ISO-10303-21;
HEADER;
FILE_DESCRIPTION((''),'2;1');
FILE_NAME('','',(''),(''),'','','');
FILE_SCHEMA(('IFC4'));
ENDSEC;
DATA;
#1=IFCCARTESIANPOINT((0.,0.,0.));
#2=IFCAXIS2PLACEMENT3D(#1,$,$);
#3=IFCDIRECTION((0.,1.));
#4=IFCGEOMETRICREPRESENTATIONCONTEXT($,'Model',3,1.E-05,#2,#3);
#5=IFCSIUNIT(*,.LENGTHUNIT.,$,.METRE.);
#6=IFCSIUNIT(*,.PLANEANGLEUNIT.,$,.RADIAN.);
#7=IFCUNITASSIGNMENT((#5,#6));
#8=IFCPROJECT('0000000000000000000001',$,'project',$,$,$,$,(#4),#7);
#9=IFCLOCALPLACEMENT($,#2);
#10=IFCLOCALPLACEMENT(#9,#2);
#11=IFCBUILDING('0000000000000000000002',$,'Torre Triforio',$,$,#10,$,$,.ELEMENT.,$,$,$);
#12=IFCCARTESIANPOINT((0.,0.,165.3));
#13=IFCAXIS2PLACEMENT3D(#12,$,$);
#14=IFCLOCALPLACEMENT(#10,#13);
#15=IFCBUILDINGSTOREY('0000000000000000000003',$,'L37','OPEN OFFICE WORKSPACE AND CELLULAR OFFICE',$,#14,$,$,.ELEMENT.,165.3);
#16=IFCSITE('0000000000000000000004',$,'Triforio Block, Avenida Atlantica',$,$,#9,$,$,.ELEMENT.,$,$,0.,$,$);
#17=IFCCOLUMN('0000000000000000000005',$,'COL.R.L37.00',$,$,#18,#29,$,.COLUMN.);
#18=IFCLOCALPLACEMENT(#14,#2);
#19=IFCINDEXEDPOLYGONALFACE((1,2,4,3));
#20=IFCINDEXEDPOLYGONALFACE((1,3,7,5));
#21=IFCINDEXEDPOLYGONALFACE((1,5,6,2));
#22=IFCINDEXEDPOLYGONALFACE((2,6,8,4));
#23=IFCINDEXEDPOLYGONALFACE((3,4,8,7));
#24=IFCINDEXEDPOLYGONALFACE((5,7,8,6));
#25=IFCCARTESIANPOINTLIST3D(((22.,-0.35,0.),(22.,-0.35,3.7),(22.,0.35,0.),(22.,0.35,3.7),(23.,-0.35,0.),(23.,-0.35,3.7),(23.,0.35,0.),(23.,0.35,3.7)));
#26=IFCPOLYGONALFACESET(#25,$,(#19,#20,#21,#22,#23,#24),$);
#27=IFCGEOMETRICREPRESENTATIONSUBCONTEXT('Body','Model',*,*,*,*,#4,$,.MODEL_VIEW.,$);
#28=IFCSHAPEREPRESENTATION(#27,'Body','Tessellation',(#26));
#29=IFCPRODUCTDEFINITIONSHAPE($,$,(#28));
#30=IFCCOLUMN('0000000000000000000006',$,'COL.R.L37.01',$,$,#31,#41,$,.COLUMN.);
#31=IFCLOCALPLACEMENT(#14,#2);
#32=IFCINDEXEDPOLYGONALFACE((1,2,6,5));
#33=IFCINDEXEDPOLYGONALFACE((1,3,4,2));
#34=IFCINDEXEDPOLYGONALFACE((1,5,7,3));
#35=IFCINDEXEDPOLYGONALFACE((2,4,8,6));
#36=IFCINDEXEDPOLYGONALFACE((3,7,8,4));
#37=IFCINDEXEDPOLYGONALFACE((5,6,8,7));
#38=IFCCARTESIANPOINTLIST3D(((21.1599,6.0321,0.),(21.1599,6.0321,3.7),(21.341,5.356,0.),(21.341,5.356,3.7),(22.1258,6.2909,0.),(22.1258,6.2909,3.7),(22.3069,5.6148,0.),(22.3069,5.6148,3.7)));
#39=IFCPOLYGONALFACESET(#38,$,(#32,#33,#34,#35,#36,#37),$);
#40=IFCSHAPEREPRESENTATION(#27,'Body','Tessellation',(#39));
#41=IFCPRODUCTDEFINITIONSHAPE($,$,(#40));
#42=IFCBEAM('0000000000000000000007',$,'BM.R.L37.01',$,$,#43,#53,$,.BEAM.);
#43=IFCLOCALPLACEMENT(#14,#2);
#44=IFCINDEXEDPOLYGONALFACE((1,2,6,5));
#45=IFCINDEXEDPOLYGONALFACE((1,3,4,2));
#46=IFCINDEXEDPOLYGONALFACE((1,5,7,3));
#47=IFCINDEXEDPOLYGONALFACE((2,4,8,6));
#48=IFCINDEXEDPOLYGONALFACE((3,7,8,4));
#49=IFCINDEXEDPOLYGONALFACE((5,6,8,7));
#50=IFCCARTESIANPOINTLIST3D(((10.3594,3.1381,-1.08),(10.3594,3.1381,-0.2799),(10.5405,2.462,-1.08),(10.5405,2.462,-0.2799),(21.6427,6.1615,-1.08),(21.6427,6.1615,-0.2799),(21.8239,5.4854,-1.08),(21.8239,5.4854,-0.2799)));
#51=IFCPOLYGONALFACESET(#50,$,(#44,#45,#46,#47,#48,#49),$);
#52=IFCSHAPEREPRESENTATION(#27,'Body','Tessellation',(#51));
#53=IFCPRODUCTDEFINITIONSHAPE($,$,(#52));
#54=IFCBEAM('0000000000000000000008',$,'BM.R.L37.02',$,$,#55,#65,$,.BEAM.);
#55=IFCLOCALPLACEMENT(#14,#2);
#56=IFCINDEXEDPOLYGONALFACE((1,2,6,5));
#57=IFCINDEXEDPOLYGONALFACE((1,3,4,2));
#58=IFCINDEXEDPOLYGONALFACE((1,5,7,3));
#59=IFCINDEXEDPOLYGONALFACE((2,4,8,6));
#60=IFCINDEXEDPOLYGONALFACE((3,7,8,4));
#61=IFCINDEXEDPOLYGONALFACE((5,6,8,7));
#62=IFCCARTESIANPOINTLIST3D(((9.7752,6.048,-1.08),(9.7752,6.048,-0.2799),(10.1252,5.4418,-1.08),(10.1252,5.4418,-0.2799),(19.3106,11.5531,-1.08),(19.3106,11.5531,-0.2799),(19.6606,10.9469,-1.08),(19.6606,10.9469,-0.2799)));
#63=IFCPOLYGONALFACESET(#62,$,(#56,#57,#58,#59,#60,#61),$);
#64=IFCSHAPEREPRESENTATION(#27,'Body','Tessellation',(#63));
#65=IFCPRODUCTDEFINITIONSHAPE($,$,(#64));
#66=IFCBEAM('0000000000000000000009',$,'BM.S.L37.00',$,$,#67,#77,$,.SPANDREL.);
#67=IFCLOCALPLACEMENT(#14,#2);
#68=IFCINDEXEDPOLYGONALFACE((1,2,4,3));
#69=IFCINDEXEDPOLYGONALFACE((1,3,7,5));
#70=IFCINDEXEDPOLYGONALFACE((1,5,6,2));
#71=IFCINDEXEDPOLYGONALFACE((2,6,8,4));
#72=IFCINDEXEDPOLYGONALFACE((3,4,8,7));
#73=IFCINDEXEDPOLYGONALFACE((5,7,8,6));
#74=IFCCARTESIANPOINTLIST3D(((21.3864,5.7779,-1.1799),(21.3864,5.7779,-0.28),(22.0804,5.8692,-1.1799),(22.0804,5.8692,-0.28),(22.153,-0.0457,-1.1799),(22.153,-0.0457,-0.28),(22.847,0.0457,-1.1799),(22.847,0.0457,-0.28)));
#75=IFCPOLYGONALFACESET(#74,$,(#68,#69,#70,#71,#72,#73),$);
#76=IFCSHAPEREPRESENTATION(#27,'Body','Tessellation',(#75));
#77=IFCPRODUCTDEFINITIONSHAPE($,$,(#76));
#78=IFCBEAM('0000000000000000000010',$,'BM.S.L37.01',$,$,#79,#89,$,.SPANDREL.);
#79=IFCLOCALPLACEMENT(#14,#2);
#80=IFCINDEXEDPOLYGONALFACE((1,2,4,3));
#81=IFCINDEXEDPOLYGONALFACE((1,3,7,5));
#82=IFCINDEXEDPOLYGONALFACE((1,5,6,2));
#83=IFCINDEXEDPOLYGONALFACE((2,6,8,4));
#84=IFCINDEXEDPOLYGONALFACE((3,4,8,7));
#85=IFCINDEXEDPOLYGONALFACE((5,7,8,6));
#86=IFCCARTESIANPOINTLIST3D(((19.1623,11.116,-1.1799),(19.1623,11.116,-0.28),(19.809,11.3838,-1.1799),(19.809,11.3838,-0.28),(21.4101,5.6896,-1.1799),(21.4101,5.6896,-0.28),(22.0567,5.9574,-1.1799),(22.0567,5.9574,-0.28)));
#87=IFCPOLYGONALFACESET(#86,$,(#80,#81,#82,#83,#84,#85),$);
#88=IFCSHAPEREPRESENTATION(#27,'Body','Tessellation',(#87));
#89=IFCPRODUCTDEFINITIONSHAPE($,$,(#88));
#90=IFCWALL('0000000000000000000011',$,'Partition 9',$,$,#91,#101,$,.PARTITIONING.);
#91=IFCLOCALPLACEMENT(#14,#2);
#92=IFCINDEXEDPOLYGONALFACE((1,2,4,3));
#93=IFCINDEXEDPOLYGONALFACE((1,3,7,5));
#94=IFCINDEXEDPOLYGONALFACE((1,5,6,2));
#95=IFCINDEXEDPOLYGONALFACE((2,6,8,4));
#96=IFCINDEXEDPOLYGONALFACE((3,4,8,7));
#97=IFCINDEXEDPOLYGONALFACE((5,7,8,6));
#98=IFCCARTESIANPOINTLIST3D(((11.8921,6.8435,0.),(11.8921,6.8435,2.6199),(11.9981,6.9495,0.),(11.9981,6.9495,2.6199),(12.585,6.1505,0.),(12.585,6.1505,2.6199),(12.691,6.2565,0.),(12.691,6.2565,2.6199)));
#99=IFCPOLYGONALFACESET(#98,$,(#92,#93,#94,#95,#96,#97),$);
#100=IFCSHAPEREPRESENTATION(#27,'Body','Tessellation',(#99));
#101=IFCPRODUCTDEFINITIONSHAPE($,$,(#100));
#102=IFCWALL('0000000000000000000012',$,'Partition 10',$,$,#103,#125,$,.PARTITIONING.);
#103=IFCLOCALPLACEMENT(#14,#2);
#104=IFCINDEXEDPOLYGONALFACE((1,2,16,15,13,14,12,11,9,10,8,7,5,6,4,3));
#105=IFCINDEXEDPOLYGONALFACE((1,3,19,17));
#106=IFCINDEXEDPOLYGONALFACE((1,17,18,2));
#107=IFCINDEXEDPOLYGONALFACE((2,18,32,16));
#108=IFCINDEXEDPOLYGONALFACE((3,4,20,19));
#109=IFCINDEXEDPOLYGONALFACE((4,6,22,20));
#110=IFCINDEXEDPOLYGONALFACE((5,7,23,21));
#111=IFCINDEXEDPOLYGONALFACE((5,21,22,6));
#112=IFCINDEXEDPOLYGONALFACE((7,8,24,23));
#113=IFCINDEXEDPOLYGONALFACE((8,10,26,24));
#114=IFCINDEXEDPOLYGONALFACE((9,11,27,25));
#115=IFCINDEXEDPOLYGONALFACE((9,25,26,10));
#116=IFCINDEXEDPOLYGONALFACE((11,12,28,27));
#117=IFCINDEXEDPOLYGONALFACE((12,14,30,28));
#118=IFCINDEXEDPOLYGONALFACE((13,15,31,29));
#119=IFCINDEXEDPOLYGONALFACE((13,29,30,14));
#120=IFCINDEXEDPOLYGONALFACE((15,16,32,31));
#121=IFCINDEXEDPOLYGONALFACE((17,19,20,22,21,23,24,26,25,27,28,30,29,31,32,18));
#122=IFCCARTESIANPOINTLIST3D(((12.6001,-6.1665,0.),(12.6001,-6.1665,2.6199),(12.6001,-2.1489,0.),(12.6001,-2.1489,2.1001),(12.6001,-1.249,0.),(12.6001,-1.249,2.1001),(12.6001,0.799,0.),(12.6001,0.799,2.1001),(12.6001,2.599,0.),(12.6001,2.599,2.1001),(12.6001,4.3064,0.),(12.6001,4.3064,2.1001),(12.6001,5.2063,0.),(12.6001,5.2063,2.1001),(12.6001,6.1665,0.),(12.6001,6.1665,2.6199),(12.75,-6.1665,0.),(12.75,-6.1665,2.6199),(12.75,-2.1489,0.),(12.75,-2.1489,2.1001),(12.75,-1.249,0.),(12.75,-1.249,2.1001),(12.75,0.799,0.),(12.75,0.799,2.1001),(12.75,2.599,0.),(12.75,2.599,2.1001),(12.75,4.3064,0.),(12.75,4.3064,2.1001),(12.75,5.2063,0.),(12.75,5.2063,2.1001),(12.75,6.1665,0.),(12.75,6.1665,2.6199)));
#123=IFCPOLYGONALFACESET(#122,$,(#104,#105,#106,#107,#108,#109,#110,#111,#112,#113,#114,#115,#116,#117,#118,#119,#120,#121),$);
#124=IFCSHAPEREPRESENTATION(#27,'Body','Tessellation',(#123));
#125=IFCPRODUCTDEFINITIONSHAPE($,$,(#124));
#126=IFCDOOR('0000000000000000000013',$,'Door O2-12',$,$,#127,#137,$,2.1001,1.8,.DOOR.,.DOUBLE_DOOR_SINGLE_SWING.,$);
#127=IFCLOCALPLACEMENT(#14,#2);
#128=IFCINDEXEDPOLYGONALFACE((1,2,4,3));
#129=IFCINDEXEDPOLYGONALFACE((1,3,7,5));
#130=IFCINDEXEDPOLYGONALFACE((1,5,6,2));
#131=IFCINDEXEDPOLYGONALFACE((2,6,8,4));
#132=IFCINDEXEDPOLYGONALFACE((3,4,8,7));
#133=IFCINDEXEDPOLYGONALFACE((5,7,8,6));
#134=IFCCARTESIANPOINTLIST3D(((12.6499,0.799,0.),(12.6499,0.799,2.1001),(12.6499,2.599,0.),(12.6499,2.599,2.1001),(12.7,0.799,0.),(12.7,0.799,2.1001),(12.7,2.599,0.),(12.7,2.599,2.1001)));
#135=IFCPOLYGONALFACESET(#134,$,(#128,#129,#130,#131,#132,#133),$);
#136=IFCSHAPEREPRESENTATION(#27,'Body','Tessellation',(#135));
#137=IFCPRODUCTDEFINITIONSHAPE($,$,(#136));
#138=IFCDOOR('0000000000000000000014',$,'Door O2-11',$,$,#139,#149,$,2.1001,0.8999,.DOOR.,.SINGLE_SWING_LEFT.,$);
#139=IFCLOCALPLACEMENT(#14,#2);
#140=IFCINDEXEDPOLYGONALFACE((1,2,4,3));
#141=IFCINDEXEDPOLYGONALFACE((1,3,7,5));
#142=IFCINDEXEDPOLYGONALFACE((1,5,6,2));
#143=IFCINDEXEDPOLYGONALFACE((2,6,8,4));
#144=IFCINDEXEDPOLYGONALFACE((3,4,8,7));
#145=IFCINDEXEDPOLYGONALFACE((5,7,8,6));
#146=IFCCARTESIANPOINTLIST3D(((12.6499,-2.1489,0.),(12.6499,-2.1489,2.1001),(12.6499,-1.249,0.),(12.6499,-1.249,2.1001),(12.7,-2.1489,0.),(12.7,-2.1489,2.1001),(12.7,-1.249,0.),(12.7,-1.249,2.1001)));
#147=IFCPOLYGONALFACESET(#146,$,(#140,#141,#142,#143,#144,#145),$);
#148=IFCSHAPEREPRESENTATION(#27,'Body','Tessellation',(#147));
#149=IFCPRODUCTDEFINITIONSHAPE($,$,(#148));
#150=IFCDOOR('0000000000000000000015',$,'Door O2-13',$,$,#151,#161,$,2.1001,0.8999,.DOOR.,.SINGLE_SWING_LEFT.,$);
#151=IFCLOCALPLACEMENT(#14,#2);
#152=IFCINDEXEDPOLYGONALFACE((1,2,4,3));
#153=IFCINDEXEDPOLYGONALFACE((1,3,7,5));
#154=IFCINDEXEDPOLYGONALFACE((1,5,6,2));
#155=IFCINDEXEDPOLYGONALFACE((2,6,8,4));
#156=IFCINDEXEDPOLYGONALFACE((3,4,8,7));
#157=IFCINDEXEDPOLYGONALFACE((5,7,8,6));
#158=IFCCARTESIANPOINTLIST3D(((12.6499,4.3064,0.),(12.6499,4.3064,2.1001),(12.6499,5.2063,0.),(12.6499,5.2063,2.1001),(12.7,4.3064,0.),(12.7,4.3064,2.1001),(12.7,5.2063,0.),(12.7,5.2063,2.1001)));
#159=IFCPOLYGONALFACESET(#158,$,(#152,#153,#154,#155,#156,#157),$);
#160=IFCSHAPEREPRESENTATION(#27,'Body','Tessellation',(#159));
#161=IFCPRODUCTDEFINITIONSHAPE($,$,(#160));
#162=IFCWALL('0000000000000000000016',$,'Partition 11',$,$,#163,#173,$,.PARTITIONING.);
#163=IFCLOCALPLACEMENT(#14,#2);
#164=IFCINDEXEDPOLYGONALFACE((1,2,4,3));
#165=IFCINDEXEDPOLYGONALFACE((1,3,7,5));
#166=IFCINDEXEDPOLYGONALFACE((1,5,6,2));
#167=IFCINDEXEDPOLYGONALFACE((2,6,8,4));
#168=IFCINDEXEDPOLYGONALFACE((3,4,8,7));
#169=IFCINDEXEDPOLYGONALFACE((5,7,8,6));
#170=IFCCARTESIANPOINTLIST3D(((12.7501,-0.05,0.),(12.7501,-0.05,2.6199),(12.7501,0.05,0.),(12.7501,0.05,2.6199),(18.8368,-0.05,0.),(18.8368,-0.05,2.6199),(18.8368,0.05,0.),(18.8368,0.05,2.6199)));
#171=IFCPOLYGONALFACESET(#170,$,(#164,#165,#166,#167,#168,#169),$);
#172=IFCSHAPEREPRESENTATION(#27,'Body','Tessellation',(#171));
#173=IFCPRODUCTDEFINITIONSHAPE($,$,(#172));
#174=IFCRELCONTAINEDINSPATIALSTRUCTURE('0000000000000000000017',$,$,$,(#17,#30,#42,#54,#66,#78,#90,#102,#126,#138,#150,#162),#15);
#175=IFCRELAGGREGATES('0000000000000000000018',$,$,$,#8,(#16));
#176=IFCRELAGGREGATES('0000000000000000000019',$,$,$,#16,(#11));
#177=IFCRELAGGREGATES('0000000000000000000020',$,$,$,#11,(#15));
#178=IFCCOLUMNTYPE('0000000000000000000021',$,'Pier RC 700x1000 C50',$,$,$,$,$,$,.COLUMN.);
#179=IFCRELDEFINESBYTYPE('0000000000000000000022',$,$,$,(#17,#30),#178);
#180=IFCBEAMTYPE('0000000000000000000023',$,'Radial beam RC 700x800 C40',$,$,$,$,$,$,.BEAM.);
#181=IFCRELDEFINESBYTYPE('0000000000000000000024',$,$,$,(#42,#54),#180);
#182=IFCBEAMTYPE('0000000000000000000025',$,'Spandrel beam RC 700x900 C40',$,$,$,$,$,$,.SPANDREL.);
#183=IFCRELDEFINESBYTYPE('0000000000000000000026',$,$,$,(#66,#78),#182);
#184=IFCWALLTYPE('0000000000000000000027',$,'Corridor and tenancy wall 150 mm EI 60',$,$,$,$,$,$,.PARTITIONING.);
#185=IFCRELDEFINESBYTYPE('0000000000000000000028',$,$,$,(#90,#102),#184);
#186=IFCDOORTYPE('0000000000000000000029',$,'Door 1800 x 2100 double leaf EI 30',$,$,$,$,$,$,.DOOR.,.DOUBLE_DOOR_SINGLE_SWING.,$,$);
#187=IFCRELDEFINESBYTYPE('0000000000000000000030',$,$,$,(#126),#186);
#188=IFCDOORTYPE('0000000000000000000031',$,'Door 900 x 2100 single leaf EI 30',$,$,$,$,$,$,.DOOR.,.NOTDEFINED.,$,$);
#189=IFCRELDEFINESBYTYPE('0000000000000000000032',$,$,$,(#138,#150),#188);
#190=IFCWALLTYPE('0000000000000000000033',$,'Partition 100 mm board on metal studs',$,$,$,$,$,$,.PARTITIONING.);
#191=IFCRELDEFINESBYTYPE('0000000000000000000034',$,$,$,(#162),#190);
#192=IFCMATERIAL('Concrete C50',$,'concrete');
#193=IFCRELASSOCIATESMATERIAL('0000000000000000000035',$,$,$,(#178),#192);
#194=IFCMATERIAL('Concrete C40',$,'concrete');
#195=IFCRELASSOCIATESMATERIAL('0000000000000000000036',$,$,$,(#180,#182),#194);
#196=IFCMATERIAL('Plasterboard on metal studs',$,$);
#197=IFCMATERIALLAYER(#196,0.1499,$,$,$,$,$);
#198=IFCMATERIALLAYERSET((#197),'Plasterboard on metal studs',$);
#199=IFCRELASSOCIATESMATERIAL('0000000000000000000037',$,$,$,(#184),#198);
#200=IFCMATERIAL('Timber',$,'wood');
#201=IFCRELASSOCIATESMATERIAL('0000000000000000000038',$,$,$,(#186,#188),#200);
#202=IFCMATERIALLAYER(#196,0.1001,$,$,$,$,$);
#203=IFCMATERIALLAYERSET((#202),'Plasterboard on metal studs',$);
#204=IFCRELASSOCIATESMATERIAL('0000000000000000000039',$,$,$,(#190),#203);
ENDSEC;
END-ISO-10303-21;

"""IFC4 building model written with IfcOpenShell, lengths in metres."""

from ifc_helpers import new_model, si_unit, direction, frame, frame_2d, origin, origin_2d, place, context, subcontext, project, spatial, rectangle, extrude, material, layer, layer_set, material_profile, profile_set, type_object, element, fill, save


model = new_model("IFC4")

# Units and contexts
model_context = context("Model", 3, precision=1e-05, world=origin(), true_north=direction((0.0, 1.0)))
body_context = subcontext(model_context, "Body", "Model", "MODEL_VIEW")
ifc_project = project(units=[si_unit("LENGTHUNIT", "METRE"), si_unit("PLANEANGLEUNIT", "RADIAN")], contexts=[model_context])

# Site, building, storey
site_placement = place(None, origin())
site = spatial("IfcSite", under=ifc_project, at=site_placement, Name="Triforio Block, Avenida Atlantica", CompositionType="ELEMENT", RefElevation=0.0)
building_placement = place(site_placement, origin())
building = spatial("IfcBuilding", under=site, at=building_placement, Name="Torre Triforio", CompositionType="ELEMENT")
storey_placement = place(building_placement, frame((0.0, 0.0, 165.3)))
storey = spatial("IfcBuildingStorey", under=building, at=storey_placement, Name="L37", Description="OPEN OFFICE WORKSPACE AND CELLULAR OFFICE", CompositionType="ELEMENT", Elevation=165.3)

# Columns
ifc_material_1 = material(Name="Concrete C50", Category="concrete")
ifc_material_profile_1 = material_profile(ifc_material_1, rectangle(XDim=0.7, YDim=1.0, at=origin_2d()), Name="RC 700x1000")
ifc_profile_set_1 = profile_set([ifc_material_profile_1], Name="Concrete C50")
column_type = type_object("IfcColumnType", Name="Pier RC 700x1000 C50", PredefinedType="COLUMN", material=ifc_profile_set_1)
for number, where, z_axis, x_axis, name in (
    (1, (22.5, 0.0, 0.0), (0.0, 0.0, 1.0), (0.0, 1.0, 0.0), "COL.R.L37.00"),
    (2, (21.7334, 5.8235, 0.0), (0.0, 0.0, 1.0), (-0.258819, 0.965926, 0.0), "COL.R.L37.01"),
):
    element("IfcColumn", number, at=place(storey_placement, frame(where, z_axis=z_axis, x_axis=x_axis)), inside=storey, type_object=column_type, Name=name, PredefinedType="COLUMN", context=body_context, shape_type="SweptSolid", body=[
        extrude(rectangle(XDim=0.7, YDim=1.0, at=origin_2d()), origin(), (0.0, 0.0, 1.0), 3.7),
    ])

# Beams
ifc_material_2 = material(Name="Concrete C40", Category="concrete")
ifc_material_profile_2 = material_profile(ifc_material_2, rectangle(XDim=0.7, YDim=0.8, at=origin_2d()), Name="RC 700x800")
ifc_profile_set_2 = profile_set([ifc_material_profile_2], Name="Concrete C40")
beam_type_1 = type_object("IfcBeamType", Name="Radial beam RC 700x800 C40", PredefinedType="BEAM", material=ifc_profile_set_2)
beam_1_placement = place(storey_placement, frame((10.45, 2.8, -0.6799), z_axis=(0.965925, 0.258823, 0.0), x_axis=(-0.258823, 0.965925, 0.0)))
element("IfcBeam", 3, at=beam_1_placement, inside=storey, type_object=beam_type_1, Name="BM.R.L37.01", PredefinedType="BEAM", context=body_context, shape_type="SweptSolid", body=[
    extrude(rectangle(XDim=0.7, YDim=0.8, at=origin_2d()), origin(), (0.0, 0.0, 1.0), 11.6814),
])
beam_2_placement = place(storey_placement, frame((9.9502, 5.7449, -0.6799), z_axis=(0.866031, 0.499991, 0.0), x_axis=(-0.499991, 0.866031, 0.0)))
element("IfcBeam", 4, at=beam_2_placement, inside=storey, type_object=beam_type_1, Name="BM.R.L37.02", PredefinedType="BEAM", context=body_context, shape_type="SweptSolid", body=[
    extrude(rectangle(XDim=0.7, YDim=0.8, at=origin_2d()), origin(), (0.0, 0.0, 1.0), 11.0105),
])
ifc_material_profile_3 = material_profile(ifc_material_2, rectangle(XDim=0.7, YDim=0.8999, at=origin_2d()), Name="RC 700x900")
ifc_profile_set_3 = profile_set([ifc_material_profile_3], Name="Concrete C40")
beam_type_2 = type_object("IfcBeamType", Name="Spandrel beam RC 700x900 C40", PredefinedType="SPANDREL", material=ifc_profile_set_3)
beam_3_placement = place(storey_placement, frame((22.5, 0.0, -0.73), z_axis=(-0.130514, 0.991447, 0.0), x_axis=(-0.991447, -0.130514, 0.0)))
element("IfcBeam", 5, at=beam_3_placement, inside=storey, type_object=beam_type_2, Name="BM.S.L37.00", PredefinedType="SPANDREL", context=body_context, shape_type="SweptSolid", body=[
    extrude(rectangle(XDim=0.7, YDim=0.8999, at=origin_2d()), origin(), (0.0, 0.0, 1.0), 5.8738),
])
beam_4_placement = place(storey_placement, frame((21.7334, 5.8235, -0.73), z_axis=(-0.382693, 0.923875, 0.0), x_axis=(-0.923875, -0.382693, 0.0)))
element("IfcBeam", 6, at=beam_4_placement, inside=storey, type_object=beam_type_2, Name="BM.S.L37.01", PredefinedType="SPANDREL", context=body_context, shape_type="SweptSolid", body=[
    extrude(rectangle(XDim=0.7, YDim=0.8999, at=origin_2d()), origin(), (0.0, 0.0, 1.0), 5.8735),
])

# Wall
ifc_material_3 = material(Name="Plasterboard on metal studs")
ifc_layer_1 = layer(ifc_material_3, 0.1499)
ifc_layer_set_1 = layer_set([ifc_layer_1], Name="Plasterboard on metal studs")
wall_type_1 = type_object("IfcWallType", Name="Corridor and tenancy wall 150 mm EI 60", PredefinedType="PARTITIONING", material=ifc_layer_set_1)
wall_1_placement = place(storey_placement, frame((11.9451, 6.8965, 0.0), z_axis=(0.0, 0.0, 1.0), x_axis=(0.707107, -0.707107, 0.0)))
element("IfcWall", 7, at=wall_1_placement, inside=storey, type_object=wall_type_1, Name="Partition 9", PredefinedType="PARTITIONING", context=body_context, shape_type="SweptSolid", body=[
    extrude(rectangle(XDim=0.98, YDim=0.1499, at=frame_2d((0.49, 0.0))), origin(), (0.0, 0.0, 1.0), 2.6199),
])

# Wall, openings, doors
wall_2_placement = place(storey_placement, frame((12.675, 6.1665, 0.0), z_axis=(0.0, 0.0, 1.0), x_axis=(0.0, -1.0, 0.0)))
wall_2 = element("IfcWall", 8, at=wall_2_placement, inside=storey, type_object=wall_type_1, Name="Partition 10", PredefinedType="PARTITIONING", context=body_context, shape_type="SweptSolid", body=[
    extrude(rectangle(XDim=12.333, YDim=0.1499, at=frame_2d((6.1665, 0.0))), origin(), (0.0, 0.0, 1.0), 2.6199),
])
opening_1_placement = place(wall_2_placement, frame((7.4155, 0.0, 0.0)))
opening_1 = element("IfcOpeningElement", 9, at=opening_1_placement, cuts=wall_2, PredefinedType="OPENING", context=body_context, shape_type="SweptSolid", body=[
    extrude(rectangle(XDim=0.8999, YDim=2.1001, at=frame_2d((0.45, 1.05))), frame((0.0, 0.085, 0.0), z_axis=(0.0, -1.0, 0.0), x_axis=(1.0, 0.0, 0.0)), (0.0, 0.0, 1.0), 0.1699),
])
opening_2_placement = place(wall_2_placement, frame((3.5676, 0.0, 0.0)))
opening_2 = element("IfcOpeningElement", 10, at=opening_2_placement, cuts=wall_2, PredefinedType="OPENING", context=body_context, shape_type="SweptSolid", body=[
    extrude(rectangle(XDim=1.8, YDim=2.1001, at=frame_2d((0.8999, 1.05))), frame((0.0, 0.085, 0.0), z_axis=(0.0, -1.0, 0.0), x_axis=(1.0, 0.0, 0.0)), (0.0, 0.0, 1.0), 0.1699),
])
opening_3_placement = place(wall_2_placement, frame((0.9602, 0.0, 0.0)))
opening_3 = element("IfcOpeningElement", 11, at=opening_3_placement, cuts=wall_2, PredefinedType="OPENING", context=body_context, shape_type="SweptSolid", body=[
    extrude(rectangle(XDim=0.8999, YDim=2.1001, at=frame_2d((0.45, 1.05))), frame((0.0, 0.085, 0.0), z_axis=(0.0, -1.0, 0.0), x_axis=(1.0, 0.0, 0.0)), (0.0, 0.0, 1.0), 0.1699),
])
ifc_material_4 = material(Name="Timber", Category="wood")
door_type_1 = type_object("IfcDoorType", Name="Door 1800 x 2100 double leaf EI 30", OperationType="DOUBLE_DOOR_SINGLE_SWING", PredefinedType="DOOR", material=ifc_material_4)
door_1_placement = place(opening_2_placement, origin())
door_1 = element("IfcDoor", 12, at=door_1_placement, inside=storey, type_object=door_type_1, Name="Door O2-12", OperationType="DOUBLE_DOOR_SINGLE_SWING", OverallHeight=2.1001, OverallWidth=1.8, PredefinedType="DOOR", context=body_context, shape_type="SweptSolid", body=[
    extrude(rectangle(XDim=1.8, YDim=2.1001, at=frame_2d((0.8999, 1.05))), frame((0.0, 0.0249, 0.0), z_axis=(0.0, -1.0, 0.0), x_axis=(1.0, 0.0, 0.0)), (0.0, 0.0, 1.0), 0.05),
])
fill(opening_2, door_1)
door_type_2 = type_object("IfcDoorType", Name="Door 900 x 2100 single leaf EI 30", OperationType="NOTDEFINED", PredefinedType="DOOR", material=ifc_material_4)
door_2_placement = place(opening_1_placement, origin())
door_2 = element("IfcDoor", 13, at=door_2_placement, inside=storey, type_object=door_type_2, Name="Door O2-11", OperationType="SINGLE_SWING_LEFT", OverallHeight=2.1001, OverallWidth=0.8999, PredefinedType="DOOR", context=body_context, shape_type="SweptSolid", body=[
    extrude(rectangle(XDim=0.8999, YDim=2.1001, at=frame_2d((0.45, 1.05))), frame((0.0, 0.0249, 0.0), z_axis=(0.0, -1.0, 0.0), x_axis=(1.0, 0.0, 0.0)), (0.0, 0.0, 1.0), 0.05),
])
fill(opening_1, door_2)
door_3_placement = place(opening_3_placement, origin())
door_3 = element("IfcDoor", 14, at=door_3_placement, inside=storey, type_object=door_type_2, Name="Door O2-13", OperationType="SINGLE_SWING_LEFT", OverallHeight=2.1001, OverallWidth=0.8999, PredefinedType="DOOR", context=body_context, shape_type="SweptSolid", body=[
    extrude(rectangle(XDim=0.8999, YDim=2.1001, at=frame_2d((0.45, 1.05))), frame((0.0, 0.0249, 0.0), z_axis=(0.0, -1.0, 0.0), x_axis=(1.0, 0.0, 0.0)), (0.0, 0.0, 1.0), 0.05),
])
fill(opening_3, door_3)

# Wall
ifc_layer_2 = layer(ifc_material_3, 0.1001)
ifc_layer_set_2 = layer_set([ifc_layer_2], Name="Plasterboard on metal studs")
wall_type_2 = type_object("IfcWallType", Name="Partition 100 mm board on metal studs", PredefinedType="PARTITIONING", material=ifc_layer_set_2)
wall_3_placement = place(storey_placement, frame((12.75, 0.0, 0.0), z_axis=(0.0, 0.0, 1.0), x_axis=(1.0, 0.0, 0.0)))
element("IfcWall", 15, at=wall_3_placement, inside=storey, type_object=wall_type_2, Name="Partition 11", PredefinedType="PARTITIONING", context=body_context, shape_type="SweptSolid", body=[
    extrude(rectangle(XDim=6.0867, YDim=0.1001, at=frame_2d((3.0435, 0.0))), origin(), (0.0, 0.0, 1.0), 2.6199),
])

save(model, "model.ifc")
